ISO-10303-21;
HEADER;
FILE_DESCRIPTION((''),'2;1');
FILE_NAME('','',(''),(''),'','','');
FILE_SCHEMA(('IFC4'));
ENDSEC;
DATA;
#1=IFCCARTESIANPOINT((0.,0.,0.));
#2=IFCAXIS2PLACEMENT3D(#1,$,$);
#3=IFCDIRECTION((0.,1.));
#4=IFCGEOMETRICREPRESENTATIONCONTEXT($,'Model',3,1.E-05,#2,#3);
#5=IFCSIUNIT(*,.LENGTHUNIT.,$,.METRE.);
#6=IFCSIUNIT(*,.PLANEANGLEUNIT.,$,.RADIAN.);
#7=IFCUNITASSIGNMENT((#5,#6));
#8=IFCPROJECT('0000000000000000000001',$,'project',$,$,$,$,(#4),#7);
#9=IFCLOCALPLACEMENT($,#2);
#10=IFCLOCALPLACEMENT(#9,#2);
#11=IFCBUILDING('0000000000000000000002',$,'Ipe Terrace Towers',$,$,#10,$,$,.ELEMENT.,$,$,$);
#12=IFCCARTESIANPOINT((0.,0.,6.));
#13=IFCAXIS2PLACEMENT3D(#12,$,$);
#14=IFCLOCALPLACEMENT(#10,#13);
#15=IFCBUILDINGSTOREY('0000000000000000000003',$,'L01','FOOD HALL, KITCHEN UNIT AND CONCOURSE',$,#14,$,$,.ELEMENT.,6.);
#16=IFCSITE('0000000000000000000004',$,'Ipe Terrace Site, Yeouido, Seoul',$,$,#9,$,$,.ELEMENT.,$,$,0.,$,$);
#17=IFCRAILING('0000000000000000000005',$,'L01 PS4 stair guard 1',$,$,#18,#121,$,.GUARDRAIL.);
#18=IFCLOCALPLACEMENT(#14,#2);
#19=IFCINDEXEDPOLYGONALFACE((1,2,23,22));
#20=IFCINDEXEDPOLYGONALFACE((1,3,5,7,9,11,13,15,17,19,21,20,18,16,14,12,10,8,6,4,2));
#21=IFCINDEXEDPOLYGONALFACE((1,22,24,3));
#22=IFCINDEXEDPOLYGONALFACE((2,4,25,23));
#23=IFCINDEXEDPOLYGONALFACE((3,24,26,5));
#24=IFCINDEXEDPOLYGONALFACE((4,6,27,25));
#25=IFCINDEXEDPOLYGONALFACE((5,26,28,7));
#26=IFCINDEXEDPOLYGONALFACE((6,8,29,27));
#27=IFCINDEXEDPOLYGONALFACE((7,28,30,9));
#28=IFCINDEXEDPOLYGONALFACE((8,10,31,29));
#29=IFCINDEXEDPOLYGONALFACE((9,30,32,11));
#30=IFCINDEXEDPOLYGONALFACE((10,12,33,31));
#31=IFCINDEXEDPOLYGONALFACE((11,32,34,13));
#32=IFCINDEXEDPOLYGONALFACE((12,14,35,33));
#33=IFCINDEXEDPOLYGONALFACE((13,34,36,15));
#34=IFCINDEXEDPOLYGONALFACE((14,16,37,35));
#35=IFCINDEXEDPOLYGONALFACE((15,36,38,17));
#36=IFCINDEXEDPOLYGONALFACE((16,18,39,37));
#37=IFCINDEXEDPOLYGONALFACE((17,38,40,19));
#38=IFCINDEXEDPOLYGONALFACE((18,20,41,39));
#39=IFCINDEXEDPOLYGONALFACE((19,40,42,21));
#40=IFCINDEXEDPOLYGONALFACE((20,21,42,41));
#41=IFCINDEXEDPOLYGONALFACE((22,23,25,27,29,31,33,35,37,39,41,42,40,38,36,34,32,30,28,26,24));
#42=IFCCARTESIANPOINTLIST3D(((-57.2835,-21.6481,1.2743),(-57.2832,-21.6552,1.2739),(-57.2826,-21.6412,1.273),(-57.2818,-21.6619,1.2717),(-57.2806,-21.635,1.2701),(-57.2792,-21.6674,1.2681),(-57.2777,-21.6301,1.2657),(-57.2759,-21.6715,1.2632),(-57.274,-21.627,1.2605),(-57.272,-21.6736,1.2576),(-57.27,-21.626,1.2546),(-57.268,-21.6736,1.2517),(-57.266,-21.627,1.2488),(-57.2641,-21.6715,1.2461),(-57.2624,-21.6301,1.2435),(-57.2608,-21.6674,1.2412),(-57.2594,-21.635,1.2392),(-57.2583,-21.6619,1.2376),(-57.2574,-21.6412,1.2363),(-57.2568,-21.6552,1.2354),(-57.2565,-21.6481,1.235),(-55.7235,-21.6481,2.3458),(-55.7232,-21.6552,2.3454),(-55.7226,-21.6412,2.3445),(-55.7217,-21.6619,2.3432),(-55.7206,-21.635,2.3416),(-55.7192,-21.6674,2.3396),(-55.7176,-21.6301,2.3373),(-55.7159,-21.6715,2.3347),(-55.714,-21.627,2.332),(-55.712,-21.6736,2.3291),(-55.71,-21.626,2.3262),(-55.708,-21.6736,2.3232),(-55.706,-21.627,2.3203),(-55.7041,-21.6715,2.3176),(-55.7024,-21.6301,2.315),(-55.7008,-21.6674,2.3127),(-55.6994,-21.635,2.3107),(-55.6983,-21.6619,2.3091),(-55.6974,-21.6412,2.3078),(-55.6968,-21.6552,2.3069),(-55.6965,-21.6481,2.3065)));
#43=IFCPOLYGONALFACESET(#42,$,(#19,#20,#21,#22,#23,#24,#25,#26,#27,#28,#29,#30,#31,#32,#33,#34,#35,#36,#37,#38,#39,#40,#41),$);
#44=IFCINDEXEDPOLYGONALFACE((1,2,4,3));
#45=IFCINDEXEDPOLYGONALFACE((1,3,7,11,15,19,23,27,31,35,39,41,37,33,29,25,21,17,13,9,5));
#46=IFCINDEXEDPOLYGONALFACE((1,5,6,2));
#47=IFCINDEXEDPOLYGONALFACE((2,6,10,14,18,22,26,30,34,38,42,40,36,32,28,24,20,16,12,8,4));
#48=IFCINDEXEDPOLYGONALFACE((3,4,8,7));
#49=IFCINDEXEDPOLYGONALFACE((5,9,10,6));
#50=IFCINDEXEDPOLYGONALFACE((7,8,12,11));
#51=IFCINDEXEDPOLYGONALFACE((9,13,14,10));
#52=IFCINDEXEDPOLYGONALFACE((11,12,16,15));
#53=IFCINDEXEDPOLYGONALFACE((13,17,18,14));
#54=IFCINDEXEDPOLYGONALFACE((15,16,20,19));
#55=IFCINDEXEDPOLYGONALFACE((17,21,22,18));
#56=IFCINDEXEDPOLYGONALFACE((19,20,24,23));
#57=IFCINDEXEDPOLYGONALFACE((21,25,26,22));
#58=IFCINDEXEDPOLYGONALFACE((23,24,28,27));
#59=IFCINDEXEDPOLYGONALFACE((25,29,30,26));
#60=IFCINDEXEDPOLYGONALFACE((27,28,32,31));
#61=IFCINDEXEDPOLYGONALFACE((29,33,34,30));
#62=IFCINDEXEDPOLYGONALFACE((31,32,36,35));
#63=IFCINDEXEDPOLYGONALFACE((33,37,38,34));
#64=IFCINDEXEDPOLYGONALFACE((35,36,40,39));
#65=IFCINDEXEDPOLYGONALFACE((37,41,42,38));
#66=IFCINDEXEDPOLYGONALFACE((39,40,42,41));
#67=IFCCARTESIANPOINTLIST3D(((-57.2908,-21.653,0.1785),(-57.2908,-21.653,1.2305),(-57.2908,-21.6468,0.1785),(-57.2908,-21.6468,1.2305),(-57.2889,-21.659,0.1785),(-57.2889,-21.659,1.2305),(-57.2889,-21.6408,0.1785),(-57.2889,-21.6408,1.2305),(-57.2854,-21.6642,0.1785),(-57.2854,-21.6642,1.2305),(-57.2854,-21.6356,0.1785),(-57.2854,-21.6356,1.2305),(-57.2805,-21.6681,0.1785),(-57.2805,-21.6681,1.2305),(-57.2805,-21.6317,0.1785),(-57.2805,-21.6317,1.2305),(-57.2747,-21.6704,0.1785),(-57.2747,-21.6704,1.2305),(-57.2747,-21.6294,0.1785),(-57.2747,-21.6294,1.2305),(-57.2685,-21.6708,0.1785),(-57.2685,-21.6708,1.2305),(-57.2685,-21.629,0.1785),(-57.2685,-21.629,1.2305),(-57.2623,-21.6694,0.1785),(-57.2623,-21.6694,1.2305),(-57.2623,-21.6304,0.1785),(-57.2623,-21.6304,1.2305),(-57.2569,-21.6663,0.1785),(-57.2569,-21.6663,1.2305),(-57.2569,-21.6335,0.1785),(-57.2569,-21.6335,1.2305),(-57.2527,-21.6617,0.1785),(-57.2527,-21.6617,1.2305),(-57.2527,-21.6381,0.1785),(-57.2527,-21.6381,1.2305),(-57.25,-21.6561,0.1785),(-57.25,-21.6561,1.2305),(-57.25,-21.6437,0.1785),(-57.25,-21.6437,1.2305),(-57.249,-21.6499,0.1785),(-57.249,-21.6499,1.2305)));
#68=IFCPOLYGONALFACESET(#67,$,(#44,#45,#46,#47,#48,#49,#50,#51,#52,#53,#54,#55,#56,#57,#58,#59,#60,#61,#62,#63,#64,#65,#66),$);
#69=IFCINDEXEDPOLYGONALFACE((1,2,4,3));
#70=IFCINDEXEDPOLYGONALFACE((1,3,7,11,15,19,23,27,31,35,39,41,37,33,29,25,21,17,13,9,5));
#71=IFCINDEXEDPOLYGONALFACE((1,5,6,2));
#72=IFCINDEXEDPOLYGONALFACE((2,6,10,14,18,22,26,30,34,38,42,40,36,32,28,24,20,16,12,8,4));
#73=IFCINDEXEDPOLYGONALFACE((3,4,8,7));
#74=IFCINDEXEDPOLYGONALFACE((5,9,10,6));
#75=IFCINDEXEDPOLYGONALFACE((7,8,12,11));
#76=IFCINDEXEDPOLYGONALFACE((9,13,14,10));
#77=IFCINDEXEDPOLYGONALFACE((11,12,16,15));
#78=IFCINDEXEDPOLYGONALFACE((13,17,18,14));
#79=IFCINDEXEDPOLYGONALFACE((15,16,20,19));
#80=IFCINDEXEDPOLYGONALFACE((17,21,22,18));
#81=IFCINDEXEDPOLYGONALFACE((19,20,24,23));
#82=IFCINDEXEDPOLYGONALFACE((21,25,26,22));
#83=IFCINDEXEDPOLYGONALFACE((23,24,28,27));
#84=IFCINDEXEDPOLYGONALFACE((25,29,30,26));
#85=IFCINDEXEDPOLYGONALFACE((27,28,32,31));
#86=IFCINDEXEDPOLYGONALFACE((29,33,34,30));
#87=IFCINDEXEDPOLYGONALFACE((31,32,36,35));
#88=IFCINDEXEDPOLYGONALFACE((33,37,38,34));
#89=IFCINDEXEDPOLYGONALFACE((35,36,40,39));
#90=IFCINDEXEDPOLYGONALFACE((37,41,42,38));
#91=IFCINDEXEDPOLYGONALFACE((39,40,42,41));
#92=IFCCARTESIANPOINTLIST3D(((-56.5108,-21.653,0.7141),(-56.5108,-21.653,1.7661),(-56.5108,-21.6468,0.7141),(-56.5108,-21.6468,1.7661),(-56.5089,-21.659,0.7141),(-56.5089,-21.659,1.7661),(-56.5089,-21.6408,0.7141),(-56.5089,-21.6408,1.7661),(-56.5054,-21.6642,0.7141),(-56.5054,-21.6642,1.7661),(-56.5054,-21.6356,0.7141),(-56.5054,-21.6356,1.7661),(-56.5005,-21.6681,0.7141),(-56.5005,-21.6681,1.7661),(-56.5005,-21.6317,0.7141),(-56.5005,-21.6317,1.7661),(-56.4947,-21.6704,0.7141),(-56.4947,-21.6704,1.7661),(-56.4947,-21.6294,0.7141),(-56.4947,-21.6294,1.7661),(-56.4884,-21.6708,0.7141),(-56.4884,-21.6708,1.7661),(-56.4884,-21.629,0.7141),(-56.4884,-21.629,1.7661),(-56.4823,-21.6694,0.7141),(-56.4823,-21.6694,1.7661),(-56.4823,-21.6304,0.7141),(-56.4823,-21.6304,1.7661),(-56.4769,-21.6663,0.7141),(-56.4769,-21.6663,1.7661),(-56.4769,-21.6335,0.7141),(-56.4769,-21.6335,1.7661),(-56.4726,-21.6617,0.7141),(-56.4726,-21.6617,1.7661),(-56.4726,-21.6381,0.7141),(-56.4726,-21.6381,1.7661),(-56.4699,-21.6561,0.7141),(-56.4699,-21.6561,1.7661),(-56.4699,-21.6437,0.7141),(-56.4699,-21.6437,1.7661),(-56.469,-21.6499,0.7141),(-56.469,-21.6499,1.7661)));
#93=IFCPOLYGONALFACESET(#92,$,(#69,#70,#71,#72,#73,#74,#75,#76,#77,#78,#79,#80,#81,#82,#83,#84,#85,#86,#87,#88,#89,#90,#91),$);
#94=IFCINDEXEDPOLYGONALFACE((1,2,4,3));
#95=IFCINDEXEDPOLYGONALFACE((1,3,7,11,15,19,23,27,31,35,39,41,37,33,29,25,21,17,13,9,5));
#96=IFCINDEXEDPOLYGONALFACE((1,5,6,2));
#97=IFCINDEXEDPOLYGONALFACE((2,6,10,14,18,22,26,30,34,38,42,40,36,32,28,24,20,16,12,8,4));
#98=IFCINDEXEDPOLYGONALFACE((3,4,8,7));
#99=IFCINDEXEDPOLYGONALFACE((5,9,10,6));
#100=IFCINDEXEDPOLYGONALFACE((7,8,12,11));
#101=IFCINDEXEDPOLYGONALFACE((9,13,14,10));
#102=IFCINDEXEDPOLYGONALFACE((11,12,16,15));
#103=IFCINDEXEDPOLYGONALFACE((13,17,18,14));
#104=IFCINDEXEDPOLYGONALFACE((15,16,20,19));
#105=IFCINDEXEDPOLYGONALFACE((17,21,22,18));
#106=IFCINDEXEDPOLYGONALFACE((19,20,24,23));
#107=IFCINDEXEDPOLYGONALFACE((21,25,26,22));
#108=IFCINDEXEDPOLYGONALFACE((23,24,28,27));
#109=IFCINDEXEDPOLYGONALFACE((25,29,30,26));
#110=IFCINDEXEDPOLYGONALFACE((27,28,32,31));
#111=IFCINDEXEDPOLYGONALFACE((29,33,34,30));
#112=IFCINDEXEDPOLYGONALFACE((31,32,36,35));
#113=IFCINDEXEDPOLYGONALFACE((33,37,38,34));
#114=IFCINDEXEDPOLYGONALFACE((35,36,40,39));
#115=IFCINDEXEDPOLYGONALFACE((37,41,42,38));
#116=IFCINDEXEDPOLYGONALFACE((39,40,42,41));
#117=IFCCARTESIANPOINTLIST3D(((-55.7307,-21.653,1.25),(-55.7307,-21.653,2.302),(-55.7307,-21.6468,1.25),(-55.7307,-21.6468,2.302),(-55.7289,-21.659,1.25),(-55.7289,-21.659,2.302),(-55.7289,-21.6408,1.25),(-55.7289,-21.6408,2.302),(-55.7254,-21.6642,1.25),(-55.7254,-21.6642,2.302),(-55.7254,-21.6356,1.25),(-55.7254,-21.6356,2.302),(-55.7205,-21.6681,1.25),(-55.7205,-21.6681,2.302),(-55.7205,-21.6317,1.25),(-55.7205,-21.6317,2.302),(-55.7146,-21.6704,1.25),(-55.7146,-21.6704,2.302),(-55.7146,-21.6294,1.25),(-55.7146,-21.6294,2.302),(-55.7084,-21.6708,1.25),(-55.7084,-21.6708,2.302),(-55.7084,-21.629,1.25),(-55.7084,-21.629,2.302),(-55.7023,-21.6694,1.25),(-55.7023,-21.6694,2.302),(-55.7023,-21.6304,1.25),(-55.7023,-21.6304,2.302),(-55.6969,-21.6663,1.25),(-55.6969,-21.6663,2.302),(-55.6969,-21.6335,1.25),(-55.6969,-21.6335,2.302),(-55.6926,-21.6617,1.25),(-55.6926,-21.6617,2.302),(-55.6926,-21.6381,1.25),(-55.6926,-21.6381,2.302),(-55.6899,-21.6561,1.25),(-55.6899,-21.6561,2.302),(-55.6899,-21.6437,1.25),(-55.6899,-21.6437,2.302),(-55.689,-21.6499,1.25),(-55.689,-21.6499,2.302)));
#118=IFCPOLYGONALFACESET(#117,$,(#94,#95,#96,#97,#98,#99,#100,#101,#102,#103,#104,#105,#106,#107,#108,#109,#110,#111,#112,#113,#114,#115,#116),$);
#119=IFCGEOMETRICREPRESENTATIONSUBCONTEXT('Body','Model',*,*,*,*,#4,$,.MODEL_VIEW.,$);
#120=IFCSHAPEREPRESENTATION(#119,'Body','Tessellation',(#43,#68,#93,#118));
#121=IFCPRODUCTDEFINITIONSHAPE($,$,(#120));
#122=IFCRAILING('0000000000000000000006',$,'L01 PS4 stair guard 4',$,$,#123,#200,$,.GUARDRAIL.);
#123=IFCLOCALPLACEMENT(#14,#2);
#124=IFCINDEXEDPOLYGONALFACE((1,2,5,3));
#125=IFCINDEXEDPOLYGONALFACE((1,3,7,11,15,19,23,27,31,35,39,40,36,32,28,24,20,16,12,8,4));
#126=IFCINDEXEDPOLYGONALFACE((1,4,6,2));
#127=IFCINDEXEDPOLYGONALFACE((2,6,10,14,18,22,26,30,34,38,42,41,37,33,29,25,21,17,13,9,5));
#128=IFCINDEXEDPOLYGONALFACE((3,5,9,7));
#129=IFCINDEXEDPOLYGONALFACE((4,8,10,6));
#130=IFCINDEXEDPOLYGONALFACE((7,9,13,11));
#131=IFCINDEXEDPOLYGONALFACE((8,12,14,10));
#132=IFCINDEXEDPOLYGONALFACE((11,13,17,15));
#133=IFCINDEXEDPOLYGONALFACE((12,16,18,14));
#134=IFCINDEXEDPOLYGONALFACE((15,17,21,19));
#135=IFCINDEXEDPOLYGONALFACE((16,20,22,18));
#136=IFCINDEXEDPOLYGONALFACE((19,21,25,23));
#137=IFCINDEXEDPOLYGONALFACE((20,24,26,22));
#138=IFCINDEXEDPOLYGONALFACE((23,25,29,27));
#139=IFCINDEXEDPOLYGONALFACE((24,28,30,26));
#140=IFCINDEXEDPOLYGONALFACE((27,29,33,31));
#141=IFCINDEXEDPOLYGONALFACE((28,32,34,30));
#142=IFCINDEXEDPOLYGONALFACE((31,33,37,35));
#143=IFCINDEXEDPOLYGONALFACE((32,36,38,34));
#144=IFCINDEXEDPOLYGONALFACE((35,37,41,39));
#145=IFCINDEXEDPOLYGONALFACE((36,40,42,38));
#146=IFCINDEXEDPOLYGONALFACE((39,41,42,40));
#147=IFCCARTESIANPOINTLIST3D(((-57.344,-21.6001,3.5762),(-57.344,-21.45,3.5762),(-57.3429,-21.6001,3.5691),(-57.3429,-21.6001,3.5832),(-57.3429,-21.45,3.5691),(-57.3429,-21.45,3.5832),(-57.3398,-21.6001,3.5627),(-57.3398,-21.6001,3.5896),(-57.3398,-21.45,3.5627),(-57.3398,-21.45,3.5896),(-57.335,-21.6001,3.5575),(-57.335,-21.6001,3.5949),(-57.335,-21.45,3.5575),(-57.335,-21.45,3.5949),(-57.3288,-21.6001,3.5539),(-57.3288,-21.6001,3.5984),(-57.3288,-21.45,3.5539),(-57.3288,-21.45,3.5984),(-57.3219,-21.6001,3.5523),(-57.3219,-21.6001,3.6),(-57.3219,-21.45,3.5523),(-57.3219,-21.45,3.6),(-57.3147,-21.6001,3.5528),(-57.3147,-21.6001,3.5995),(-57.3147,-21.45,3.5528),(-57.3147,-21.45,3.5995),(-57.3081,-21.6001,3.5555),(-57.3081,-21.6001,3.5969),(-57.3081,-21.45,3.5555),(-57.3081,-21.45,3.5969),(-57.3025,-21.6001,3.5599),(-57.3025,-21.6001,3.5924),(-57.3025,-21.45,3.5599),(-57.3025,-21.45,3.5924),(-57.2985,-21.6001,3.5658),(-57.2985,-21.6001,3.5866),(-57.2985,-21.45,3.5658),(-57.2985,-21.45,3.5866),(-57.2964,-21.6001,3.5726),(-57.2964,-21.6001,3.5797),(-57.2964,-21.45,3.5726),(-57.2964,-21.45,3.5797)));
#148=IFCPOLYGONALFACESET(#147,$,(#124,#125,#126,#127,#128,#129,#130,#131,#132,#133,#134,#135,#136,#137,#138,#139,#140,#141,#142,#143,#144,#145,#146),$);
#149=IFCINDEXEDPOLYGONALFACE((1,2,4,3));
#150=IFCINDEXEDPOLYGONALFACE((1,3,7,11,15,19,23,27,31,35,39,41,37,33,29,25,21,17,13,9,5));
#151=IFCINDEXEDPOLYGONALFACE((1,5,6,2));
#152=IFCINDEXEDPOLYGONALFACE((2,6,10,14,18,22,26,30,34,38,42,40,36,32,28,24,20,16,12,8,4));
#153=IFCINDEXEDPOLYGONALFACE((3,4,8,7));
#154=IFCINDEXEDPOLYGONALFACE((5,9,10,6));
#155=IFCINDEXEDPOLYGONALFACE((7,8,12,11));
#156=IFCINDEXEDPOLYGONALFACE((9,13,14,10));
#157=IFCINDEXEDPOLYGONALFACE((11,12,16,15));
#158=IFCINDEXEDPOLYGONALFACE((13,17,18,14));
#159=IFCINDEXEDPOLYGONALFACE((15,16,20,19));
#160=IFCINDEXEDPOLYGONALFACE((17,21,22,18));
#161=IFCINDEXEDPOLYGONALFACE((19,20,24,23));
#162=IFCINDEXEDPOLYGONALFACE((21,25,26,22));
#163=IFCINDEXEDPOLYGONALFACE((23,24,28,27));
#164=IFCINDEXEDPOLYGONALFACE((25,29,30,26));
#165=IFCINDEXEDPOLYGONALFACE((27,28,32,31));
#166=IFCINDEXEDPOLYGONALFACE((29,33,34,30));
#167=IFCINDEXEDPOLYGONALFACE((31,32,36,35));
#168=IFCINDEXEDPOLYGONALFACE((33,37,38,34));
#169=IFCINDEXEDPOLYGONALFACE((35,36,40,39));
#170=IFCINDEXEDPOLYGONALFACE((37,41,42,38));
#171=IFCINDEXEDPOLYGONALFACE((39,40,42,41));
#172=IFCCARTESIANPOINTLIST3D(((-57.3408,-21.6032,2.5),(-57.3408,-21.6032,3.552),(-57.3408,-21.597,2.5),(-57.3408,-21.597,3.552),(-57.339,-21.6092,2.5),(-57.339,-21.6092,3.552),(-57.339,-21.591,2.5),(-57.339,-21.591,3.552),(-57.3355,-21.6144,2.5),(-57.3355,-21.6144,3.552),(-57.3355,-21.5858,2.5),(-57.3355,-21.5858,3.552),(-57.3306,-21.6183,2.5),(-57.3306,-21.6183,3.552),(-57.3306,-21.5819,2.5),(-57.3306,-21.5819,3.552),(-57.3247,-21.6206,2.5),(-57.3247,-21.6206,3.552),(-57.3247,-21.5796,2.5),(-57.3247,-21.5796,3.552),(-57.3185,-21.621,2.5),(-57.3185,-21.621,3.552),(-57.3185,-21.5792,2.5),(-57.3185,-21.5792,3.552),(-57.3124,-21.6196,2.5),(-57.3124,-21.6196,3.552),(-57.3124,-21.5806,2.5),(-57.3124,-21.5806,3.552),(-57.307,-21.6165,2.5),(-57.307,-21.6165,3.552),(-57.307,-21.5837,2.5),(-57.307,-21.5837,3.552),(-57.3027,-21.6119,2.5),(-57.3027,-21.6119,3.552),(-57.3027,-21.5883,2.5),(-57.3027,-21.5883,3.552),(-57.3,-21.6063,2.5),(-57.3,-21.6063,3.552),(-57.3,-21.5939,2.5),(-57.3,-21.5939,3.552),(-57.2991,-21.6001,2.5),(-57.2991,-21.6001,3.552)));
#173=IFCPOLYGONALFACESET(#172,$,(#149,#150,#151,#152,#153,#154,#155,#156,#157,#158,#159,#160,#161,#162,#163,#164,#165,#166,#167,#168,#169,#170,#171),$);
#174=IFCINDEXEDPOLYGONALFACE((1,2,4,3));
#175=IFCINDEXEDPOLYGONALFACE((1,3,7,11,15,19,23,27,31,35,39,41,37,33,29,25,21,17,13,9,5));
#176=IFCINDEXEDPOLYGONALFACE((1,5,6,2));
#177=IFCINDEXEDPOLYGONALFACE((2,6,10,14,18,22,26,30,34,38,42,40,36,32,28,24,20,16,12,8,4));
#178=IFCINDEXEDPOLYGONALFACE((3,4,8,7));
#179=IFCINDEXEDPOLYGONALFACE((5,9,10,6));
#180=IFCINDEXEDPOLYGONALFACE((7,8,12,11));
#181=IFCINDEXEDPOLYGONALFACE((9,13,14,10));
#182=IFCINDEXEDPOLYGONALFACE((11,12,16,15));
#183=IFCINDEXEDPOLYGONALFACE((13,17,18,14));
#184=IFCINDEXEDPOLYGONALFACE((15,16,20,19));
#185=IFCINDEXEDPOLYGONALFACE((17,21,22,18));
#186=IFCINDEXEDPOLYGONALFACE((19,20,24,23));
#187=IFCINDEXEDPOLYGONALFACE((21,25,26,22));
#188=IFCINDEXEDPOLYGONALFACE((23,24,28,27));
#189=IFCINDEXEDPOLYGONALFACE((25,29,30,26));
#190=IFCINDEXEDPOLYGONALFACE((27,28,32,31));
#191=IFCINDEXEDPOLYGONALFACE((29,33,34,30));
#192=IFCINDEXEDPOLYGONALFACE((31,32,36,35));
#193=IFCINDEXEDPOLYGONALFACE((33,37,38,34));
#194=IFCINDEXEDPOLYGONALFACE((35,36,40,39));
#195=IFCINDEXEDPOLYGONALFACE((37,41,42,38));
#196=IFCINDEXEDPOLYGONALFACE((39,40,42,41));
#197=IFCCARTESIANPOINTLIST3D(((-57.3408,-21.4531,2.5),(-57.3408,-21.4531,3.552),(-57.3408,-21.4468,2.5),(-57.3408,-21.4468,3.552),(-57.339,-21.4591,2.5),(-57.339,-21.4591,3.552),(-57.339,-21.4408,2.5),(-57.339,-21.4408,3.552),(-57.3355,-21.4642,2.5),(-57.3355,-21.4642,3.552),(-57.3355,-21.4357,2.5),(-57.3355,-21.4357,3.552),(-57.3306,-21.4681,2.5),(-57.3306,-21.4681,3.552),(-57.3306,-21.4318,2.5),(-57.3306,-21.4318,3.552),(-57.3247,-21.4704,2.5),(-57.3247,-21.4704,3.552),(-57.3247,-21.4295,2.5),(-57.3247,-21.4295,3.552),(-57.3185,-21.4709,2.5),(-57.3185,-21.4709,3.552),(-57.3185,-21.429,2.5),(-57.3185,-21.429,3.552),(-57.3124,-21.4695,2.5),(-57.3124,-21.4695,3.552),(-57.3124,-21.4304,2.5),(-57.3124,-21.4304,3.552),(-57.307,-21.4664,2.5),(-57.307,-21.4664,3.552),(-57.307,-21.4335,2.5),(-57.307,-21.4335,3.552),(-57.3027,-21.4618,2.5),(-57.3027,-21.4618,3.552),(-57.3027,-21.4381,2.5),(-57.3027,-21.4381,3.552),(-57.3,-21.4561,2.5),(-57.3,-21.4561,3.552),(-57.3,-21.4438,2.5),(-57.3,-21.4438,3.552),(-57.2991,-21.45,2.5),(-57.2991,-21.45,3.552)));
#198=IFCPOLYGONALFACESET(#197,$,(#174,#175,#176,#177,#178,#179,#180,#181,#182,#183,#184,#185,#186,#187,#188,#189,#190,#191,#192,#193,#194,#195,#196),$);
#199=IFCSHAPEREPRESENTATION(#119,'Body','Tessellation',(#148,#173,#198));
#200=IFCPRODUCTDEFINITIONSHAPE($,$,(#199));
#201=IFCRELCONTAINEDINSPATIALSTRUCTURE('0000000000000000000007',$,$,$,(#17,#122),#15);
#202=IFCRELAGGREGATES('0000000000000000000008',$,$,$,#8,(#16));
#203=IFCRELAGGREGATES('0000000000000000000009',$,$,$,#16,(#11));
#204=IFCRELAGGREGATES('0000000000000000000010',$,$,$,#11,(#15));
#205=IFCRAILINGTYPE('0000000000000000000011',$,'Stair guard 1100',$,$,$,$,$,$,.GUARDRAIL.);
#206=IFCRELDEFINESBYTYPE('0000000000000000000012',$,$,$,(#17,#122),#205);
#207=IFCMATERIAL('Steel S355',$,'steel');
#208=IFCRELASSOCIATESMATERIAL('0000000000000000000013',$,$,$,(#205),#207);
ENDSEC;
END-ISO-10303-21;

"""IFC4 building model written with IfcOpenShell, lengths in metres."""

from ifc_helpers import new_model, si_unit, direction, frame, origin, origin_2d, place, context, subcontext, project, spatial, circle, extrude, material, type_object, element, save


model = new_model("IFC4")

# Units and contexts
model_context = context("Model", 3, precision=1e-05, world=origin(), true_north=direction((0.0, 1.0)))
body_context = subcontext(model_context, "Body", "Model", "MODEL_VIEW")
ifc_project = project(units=[si_unit("LENGTHUNIT", "METRE"), si_unit("PLANEANGLEUNIT", "RADIAN")], contexts=[model_context])

# Site, building, storey
site_placement = place(None, origin())
site = spatial("IfcSite", under=ifc_project, at=site_placement, Name="Ipe Terrace Site, Yeouido, Seoul", CompositionType="ELEMENT", RefElevation=0.0)
building_placement = place(site_placement, origin())
building = spatial("IfcBuilding", under=site, at=building_placement, Name="Ipe Terrace Towers", CompositionType="ELEMENT")
storey_placement = place(building_placement, frame((0.0, 0.0, 6.0)))
storey = spatial("IfcBuildingStorey", under=building, at=storey_placement, Name="L01", Description="FOOD HALL, KITCHEN UNIT AND CONCOURSE", CompositionType="ELEMENT", Elevation=6.0)

# Railings
ifc_material_1 = material(Name="Steel S355", Category="steel")
railing_type_1 = type_object("IfcRailingType", Name="Stair guard 1100", PredefinedType="GUARDRAIL", material=ifc_material_1)
railing_1_placement = place(storey_placement, frame((-57.27, -21.6499, 0.1785)))
element("IfcRailing", 1, at=railing_1_placement, inside=storey, type_object=railing_type_1, Name="L01 PS4 stair guard 1", PredefinedType="GUARDRAIL", context=body_context, shape_type="SweptSolid", body=[
    extrude(circle(Radius=0.0239, at=origin_2d()), frame((0.0, 0.0, 1.0762), z_axis=(0.82429, 0.0, 0.566167), x_axis=(0.0, 1.0, 0.0)), (0.0, 0.0, 1.0), 1.8926),
    extrude(circle(Radius=0.021, at=origin_2d()), origin(), (0.0, 0.0, 1.0), 1.052),
    extrude(circle(Radius=0.021, at=origin_2d()), frame((0.78, 0.0, 0.5356)), (0.0, 0.0, 1.0), 1.052),
    extrude(circle(Radius=0.021, at=origin_2d()), frame((1.5601, 0.0, 1.0715)), (0.0, 0.0, 1.0), 1.052),
])
railing_2_placement = place(storey_placement, frame((-57.3201, -21.6001, 2.5)))
element("IfcRailing", 2, at=railing_2_placement, inside=storey, type_object=railing_type_1, Name="L01 PS4 stair guard 4", PredefinedType="GUARDRAIL", context=body_context, shape_type="SweptSolid", body=[
    extrude(circle(Radius=0.0239, at=origin_2d()), frame((0.0, 0.0, 1.0762), z_axis=(0.0, 1.0, 0.0), x_axis=(-1.0, 0.0, 0.0)), (0.0, 0.0, 1.0), 0.1501),
    extrude(circle(Radius=0.021, at=origin_2d()), origin(), (0.0, 0.0, 1.0), 1.052),
    extrude(circle(Radius=0.021, at=origin_2d()), frame((0.0, 0.1501, 0.0)), (0.0, 0.0, 1.0), 1.052),
])

save(model, "model.ifc")
